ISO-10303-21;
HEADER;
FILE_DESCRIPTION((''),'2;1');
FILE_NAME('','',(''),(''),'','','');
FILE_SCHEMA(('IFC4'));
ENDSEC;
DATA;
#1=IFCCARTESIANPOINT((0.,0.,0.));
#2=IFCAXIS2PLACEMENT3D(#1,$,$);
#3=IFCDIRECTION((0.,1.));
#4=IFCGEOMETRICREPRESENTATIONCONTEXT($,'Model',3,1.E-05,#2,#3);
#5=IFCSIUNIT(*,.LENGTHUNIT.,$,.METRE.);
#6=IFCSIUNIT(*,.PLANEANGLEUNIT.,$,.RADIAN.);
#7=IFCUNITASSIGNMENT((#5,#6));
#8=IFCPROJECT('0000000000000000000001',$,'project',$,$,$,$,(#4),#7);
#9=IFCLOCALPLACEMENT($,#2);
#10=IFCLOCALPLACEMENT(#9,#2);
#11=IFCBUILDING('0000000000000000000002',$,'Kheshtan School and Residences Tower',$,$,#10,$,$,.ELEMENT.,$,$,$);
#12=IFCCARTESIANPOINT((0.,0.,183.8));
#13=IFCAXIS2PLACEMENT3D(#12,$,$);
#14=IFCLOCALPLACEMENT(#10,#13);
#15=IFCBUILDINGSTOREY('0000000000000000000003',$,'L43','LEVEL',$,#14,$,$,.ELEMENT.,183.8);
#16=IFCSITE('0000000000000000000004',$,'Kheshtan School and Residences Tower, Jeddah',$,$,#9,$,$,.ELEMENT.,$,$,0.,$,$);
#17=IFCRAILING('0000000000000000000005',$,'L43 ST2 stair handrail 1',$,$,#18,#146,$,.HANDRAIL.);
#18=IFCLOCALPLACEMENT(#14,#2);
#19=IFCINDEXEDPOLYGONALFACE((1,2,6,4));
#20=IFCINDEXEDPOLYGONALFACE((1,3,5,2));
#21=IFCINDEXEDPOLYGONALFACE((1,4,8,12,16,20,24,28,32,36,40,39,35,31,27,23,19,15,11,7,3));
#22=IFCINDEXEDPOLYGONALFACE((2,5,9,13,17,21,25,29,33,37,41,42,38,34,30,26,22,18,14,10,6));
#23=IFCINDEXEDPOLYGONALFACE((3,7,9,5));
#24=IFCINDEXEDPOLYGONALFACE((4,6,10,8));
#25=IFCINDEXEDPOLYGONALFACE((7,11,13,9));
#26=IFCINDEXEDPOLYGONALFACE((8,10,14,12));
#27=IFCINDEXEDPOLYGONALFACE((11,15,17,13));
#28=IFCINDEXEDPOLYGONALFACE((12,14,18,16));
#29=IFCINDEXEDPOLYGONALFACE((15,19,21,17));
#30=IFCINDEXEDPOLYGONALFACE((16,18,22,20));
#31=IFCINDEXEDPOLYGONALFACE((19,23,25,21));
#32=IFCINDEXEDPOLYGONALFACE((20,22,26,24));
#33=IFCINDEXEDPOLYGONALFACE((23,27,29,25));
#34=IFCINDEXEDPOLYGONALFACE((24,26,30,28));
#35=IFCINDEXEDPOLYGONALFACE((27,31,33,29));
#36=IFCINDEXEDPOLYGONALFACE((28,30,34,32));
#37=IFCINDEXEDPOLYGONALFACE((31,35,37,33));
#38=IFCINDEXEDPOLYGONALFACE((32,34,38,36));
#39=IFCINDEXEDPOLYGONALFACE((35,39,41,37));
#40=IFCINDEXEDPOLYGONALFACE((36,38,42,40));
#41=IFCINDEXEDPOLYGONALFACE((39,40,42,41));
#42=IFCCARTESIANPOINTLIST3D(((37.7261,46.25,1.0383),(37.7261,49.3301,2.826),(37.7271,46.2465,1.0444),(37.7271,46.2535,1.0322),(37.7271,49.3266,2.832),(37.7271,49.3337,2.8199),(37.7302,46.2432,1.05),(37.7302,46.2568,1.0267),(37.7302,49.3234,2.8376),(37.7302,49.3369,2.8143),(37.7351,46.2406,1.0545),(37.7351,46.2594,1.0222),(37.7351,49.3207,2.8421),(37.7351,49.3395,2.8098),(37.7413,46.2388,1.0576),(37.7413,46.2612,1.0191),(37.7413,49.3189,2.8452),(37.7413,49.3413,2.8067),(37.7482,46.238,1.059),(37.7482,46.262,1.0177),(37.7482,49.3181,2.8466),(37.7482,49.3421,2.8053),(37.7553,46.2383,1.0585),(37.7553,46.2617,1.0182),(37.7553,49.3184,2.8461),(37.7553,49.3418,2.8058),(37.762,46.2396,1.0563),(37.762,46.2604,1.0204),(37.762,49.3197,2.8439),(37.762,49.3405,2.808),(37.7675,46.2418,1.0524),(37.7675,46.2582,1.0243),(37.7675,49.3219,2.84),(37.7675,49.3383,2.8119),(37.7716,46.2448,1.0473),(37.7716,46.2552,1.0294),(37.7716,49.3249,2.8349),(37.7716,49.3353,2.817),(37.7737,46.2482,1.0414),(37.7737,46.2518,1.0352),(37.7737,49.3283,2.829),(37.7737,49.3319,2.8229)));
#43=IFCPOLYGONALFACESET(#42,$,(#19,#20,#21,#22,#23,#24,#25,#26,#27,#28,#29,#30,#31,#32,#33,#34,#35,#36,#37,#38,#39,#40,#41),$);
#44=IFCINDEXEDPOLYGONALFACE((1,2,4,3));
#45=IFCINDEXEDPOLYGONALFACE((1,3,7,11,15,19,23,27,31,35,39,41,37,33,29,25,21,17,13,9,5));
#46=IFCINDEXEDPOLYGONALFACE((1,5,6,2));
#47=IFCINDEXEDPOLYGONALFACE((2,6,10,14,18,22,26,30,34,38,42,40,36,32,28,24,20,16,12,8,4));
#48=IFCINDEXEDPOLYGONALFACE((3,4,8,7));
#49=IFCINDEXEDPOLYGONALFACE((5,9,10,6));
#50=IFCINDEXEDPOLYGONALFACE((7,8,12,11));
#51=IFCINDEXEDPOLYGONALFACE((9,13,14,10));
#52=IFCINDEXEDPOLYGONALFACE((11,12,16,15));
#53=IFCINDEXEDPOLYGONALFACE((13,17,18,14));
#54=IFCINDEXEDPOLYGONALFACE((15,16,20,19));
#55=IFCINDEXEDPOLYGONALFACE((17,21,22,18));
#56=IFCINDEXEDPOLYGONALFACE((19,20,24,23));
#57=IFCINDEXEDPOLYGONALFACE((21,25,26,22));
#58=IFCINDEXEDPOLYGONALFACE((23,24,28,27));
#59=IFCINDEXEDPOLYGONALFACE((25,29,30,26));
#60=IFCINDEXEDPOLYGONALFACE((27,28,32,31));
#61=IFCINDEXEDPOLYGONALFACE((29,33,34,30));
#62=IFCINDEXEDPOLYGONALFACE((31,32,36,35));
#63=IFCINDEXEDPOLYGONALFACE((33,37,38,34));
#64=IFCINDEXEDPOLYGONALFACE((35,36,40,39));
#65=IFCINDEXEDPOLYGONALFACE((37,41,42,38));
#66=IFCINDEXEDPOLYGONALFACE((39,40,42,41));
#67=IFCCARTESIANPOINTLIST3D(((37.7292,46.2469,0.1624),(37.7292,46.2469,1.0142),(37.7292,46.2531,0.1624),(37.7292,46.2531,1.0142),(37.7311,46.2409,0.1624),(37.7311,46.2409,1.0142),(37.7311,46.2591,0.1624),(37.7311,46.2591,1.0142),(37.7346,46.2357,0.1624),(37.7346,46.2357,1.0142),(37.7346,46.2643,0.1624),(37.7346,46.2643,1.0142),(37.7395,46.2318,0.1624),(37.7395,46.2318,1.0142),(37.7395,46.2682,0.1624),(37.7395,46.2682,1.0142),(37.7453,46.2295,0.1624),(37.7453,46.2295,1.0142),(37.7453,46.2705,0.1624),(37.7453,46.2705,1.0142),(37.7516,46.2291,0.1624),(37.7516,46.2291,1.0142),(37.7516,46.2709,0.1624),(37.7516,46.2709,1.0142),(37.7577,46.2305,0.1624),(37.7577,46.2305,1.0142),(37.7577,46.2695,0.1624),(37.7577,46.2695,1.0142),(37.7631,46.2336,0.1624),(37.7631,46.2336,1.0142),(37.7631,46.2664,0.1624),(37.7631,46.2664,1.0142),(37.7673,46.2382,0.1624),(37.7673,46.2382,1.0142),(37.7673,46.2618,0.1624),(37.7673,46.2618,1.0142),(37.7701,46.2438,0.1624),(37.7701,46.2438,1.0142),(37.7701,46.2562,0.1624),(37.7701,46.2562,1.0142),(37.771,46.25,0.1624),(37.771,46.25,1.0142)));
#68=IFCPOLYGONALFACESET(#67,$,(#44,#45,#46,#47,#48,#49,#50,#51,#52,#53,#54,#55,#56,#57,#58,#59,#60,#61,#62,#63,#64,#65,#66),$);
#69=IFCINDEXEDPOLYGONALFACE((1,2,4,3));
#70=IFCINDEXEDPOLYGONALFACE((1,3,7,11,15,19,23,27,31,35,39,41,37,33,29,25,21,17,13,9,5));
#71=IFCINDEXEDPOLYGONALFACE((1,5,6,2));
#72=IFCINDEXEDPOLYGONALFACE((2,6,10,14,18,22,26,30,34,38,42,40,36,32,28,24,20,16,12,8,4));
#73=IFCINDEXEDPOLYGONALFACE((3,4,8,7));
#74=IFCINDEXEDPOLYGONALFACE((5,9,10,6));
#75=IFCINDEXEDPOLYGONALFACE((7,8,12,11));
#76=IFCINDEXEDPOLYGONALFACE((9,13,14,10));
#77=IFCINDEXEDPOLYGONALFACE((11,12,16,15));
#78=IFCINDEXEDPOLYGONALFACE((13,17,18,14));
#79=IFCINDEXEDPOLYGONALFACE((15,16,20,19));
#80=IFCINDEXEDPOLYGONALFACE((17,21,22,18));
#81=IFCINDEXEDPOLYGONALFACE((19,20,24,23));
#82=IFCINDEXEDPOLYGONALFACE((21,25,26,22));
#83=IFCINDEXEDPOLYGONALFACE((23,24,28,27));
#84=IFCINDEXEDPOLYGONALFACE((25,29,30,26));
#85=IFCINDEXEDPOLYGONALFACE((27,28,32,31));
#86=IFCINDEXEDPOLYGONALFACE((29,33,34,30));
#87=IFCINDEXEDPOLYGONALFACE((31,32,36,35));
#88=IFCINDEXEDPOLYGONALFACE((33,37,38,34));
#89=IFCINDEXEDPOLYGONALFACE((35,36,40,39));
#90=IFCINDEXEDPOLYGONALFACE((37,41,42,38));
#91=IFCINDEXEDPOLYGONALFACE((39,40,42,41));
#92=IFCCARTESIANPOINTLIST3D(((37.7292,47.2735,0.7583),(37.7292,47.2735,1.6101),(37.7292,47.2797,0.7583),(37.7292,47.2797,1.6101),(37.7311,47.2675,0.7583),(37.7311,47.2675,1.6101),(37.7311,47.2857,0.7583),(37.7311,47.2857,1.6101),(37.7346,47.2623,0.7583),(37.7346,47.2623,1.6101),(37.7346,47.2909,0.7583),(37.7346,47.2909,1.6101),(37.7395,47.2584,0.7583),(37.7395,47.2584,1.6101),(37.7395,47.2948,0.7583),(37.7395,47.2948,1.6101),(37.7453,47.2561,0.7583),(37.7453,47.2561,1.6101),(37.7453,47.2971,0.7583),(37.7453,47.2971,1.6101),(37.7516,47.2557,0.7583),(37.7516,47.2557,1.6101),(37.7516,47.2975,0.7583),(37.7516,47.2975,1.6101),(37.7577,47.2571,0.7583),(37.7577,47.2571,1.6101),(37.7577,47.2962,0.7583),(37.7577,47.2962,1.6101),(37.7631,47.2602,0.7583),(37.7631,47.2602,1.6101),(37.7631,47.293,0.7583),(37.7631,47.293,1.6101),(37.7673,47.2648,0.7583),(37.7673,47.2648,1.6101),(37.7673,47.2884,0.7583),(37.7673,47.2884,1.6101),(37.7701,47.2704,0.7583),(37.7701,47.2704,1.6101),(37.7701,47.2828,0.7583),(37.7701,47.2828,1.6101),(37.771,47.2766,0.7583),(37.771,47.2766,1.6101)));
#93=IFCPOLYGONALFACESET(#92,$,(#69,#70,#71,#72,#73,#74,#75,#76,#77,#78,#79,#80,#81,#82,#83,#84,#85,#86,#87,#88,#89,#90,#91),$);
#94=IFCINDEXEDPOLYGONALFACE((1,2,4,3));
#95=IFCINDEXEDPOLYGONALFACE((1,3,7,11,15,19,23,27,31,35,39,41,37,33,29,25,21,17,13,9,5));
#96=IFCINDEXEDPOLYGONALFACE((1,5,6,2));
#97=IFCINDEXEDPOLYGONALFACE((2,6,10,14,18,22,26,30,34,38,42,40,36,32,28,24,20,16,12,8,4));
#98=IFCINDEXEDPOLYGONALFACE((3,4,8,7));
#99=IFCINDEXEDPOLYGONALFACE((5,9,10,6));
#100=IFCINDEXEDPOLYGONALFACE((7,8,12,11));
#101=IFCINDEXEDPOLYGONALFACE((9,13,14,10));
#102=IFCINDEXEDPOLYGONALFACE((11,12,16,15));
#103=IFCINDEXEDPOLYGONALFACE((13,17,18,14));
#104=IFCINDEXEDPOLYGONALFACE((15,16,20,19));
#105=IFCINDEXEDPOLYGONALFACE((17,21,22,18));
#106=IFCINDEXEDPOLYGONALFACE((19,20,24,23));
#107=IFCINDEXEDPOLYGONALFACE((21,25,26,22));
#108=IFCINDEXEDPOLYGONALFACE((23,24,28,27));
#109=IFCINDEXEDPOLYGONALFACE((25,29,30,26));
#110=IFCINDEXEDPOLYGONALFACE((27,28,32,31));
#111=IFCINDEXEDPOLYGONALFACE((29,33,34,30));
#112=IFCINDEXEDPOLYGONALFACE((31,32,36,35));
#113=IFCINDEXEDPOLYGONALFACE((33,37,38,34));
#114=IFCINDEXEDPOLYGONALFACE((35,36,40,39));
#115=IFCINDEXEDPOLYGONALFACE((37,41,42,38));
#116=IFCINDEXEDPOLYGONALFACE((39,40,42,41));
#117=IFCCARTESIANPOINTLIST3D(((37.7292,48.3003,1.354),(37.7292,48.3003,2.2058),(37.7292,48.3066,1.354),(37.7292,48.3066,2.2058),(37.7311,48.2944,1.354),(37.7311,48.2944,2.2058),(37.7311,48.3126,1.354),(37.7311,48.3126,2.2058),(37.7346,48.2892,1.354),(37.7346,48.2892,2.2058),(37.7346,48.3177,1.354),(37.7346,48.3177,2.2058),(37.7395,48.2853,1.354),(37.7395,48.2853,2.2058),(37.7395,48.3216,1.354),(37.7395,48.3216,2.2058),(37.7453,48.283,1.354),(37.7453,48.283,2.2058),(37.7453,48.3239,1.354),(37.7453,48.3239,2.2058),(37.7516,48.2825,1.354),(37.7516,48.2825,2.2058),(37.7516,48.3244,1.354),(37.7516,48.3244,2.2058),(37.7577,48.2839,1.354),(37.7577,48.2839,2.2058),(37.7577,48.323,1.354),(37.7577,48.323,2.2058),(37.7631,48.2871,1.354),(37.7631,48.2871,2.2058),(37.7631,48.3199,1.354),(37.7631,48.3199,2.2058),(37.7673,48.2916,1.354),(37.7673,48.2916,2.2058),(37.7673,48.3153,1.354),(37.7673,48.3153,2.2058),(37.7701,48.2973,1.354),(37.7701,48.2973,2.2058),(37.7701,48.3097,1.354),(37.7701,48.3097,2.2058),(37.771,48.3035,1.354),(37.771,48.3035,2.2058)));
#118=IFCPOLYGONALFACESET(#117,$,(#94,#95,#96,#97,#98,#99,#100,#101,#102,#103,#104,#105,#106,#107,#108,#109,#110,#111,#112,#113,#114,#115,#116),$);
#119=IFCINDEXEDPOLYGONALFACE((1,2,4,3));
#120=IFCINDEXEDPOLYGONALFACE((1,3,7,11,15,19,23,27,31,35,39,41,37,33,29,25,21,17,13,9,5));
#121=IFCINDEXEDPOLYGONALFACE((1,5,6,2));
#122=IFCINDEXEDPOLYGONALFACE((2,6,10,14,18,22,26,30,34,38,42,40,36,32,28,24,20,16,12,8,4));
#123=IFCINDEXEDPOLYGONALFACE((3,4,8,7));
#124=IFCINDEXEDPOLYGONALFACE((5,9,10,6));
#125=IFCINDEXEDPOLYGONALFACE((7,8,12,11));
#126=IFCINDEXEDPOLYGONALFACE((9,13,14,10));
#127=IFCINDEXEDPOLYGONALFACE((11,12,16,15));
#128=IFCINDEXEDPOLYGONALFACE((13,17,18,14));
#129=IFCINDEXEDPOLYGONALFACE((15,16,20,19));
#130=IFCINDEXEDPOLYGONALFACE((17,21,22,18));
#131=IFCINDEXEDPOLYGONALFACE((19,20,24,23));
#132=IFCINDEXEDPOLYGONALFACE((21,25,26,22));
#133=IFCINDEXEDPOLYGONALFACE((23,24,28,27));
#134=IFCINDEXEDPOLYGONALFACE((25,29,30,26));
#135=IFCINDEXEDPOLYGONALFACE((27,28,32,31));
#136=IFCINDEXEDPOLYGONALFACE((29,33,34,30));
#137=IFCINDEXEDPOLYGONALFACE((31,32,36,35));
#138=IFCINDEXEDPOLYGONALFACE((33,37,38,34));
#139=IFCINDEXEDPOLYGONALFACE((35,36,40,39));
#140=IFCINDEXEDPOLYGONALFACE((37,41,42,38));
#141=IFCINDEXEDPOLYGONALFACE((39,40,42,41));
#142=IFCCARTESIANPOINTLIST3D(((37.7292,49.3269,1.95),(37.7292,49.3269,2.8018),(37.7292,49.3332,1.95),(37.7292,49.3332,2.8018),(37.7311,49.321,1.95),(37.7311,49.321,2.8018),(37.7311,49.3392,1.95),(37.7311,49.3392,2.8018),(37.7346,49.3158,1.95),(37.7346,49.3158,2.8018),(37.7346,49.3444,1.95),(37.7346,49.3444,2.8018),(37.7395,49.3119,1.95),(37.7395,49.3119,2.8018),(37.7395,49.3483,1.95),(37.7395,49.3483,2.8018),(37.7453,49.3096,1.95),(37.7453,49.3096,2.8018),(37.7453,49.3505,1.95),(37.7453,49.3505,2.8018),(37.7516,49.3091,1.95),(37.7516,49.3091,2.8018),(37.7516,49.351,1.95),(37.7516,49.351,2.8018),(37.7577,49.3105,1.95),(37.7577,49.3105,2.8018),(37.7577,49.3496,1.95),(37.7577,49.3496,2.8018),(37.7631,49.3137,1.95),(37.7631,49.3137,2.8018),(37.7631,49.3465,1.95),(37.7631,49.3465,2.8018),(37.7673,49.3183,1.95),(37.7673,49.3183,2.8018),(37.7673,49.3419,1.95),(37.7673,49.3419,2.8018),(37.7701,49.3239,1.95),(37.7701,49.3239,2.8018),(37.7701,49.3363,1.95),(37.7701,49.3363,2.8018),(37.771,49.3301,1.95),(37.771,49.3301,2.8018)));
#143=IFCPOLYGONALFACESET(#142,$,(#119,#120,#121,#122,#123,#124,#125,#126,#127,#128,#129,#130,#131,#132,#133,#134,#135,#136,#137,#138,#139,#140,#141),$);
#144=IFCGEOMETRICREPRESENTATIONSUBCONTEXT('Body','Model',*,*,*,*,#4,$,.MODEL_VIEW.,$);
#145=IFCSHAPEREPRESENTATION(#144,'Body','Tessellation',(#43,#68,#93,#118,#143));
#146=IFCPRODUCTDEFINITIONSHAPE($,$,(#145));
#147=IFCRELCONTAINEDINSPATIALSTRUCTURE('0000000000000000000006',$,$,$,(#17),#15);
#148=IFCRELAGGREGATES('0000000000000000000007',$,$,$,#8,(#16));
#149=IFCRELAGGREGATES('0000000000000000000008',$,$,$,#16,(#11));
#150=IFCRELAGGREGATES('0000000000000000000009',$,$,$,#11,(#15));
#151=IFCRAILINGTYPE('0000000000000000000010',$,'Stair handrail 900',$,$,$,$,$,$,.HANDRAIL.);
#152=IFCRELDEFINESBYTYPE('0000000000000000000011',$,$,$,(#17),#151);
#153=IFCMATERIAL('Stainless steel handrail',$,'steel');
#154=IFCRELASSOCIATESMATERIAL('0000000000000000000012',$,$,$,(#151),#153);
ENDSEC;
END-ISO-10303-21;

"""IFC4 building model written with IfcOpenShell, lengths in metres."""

from ifc_helpers import new_model, si_unit, direction, frame, origin, origin_2d, place, context, subcontext, project, spatial, circle, extrude, material, type_object, element, save


model = new_model("IFC4")

# Units and contexts
model_context = context("Model", 3, precision=1e-05, world=origin(), true_north=direction((0.0, 1.0)))
body_context = subcontext(model_context, "Body", "Model", "MODEL_VIEW")
ifc_project = project(units=[si_unit("LENGTHUNIT", "METRE"), si_unit("PLANEANGLEUNIT", "RADIAN")], contexts=[model_context])

# Site, building, storey
site_placement = place(None, origin())
site = spatial("IfcSite", under=ifc_project, at=site_placement, Name="Kheshtan School and Residences Tower, Jeddah", CompositionType="ELEMENT", RefElevation=0.0)
building_placement = place(site_placement, origin())
building = spatial("IfcBuilding", under=site, at=building_placement, Name="Kheshtan School and Residences Tower", CompositionType="ELEMENT")
storey_placement = place(building_placement, frame((0.0, 0.0, 183.8)))
storey = spatial("IfcBuildingStorey", under=building, at=storey_placement, Name="L43", Description="LEVEL", CompositionType="ELEMENT", Elevation=183.8)

# Railing
ifc_material_1 = material(Name="Stainless steel handrail", Category="steel")
railing_type = type_object("IfcRailingType", Name="Stair handrail 900", PredefinedType="HANDRAIL", material=ifc_material_1)
railing_placement = place(storey_placement, frame((37.75, 46.25, 0.1624)))
element("IfcRailing", 1, at=railing_placement, inside=storey, type_object=railing_type, Name="L43 ST2 stair handrail 1", PredefinedType="HANDRAIL", context=body_context, shape_type="SweptSolid", body=[
    extrude(circle(Radius=0.0239, at=origin_2d()), frame((0.0, 0.0, 0.876), z_axis=(0.0, 0.864891, 0.50196), x_axis=(-1.0, 0.0, 0.0)), (0.0, 0.0, 1.0), 3.5613),
    extrude(circle(Radius=0.021, at=origin_2d()), origin(), (0.0, 0.0, 1.0), 0.8518),
    extrude(circle(Radius=0.021, at=origin_2d()), frame((0.0, 1.0266, 0.5959)), (0.0, 0.0, 1.0), 0.8518),
    extrude(circle(Radius=0.021, at=origin_2d()), frame((0.0, 2.0535, 1.1917)), (0.0, 0.0, 1.0), 0.8518),
    extrude(circle(Radius=0.021, at=origin_2d()), frame((0.0, 3.0801, 1.7876)), (0.0, 0.0, 1.0), 0.8518),
])

save(model, "model.ifc")
